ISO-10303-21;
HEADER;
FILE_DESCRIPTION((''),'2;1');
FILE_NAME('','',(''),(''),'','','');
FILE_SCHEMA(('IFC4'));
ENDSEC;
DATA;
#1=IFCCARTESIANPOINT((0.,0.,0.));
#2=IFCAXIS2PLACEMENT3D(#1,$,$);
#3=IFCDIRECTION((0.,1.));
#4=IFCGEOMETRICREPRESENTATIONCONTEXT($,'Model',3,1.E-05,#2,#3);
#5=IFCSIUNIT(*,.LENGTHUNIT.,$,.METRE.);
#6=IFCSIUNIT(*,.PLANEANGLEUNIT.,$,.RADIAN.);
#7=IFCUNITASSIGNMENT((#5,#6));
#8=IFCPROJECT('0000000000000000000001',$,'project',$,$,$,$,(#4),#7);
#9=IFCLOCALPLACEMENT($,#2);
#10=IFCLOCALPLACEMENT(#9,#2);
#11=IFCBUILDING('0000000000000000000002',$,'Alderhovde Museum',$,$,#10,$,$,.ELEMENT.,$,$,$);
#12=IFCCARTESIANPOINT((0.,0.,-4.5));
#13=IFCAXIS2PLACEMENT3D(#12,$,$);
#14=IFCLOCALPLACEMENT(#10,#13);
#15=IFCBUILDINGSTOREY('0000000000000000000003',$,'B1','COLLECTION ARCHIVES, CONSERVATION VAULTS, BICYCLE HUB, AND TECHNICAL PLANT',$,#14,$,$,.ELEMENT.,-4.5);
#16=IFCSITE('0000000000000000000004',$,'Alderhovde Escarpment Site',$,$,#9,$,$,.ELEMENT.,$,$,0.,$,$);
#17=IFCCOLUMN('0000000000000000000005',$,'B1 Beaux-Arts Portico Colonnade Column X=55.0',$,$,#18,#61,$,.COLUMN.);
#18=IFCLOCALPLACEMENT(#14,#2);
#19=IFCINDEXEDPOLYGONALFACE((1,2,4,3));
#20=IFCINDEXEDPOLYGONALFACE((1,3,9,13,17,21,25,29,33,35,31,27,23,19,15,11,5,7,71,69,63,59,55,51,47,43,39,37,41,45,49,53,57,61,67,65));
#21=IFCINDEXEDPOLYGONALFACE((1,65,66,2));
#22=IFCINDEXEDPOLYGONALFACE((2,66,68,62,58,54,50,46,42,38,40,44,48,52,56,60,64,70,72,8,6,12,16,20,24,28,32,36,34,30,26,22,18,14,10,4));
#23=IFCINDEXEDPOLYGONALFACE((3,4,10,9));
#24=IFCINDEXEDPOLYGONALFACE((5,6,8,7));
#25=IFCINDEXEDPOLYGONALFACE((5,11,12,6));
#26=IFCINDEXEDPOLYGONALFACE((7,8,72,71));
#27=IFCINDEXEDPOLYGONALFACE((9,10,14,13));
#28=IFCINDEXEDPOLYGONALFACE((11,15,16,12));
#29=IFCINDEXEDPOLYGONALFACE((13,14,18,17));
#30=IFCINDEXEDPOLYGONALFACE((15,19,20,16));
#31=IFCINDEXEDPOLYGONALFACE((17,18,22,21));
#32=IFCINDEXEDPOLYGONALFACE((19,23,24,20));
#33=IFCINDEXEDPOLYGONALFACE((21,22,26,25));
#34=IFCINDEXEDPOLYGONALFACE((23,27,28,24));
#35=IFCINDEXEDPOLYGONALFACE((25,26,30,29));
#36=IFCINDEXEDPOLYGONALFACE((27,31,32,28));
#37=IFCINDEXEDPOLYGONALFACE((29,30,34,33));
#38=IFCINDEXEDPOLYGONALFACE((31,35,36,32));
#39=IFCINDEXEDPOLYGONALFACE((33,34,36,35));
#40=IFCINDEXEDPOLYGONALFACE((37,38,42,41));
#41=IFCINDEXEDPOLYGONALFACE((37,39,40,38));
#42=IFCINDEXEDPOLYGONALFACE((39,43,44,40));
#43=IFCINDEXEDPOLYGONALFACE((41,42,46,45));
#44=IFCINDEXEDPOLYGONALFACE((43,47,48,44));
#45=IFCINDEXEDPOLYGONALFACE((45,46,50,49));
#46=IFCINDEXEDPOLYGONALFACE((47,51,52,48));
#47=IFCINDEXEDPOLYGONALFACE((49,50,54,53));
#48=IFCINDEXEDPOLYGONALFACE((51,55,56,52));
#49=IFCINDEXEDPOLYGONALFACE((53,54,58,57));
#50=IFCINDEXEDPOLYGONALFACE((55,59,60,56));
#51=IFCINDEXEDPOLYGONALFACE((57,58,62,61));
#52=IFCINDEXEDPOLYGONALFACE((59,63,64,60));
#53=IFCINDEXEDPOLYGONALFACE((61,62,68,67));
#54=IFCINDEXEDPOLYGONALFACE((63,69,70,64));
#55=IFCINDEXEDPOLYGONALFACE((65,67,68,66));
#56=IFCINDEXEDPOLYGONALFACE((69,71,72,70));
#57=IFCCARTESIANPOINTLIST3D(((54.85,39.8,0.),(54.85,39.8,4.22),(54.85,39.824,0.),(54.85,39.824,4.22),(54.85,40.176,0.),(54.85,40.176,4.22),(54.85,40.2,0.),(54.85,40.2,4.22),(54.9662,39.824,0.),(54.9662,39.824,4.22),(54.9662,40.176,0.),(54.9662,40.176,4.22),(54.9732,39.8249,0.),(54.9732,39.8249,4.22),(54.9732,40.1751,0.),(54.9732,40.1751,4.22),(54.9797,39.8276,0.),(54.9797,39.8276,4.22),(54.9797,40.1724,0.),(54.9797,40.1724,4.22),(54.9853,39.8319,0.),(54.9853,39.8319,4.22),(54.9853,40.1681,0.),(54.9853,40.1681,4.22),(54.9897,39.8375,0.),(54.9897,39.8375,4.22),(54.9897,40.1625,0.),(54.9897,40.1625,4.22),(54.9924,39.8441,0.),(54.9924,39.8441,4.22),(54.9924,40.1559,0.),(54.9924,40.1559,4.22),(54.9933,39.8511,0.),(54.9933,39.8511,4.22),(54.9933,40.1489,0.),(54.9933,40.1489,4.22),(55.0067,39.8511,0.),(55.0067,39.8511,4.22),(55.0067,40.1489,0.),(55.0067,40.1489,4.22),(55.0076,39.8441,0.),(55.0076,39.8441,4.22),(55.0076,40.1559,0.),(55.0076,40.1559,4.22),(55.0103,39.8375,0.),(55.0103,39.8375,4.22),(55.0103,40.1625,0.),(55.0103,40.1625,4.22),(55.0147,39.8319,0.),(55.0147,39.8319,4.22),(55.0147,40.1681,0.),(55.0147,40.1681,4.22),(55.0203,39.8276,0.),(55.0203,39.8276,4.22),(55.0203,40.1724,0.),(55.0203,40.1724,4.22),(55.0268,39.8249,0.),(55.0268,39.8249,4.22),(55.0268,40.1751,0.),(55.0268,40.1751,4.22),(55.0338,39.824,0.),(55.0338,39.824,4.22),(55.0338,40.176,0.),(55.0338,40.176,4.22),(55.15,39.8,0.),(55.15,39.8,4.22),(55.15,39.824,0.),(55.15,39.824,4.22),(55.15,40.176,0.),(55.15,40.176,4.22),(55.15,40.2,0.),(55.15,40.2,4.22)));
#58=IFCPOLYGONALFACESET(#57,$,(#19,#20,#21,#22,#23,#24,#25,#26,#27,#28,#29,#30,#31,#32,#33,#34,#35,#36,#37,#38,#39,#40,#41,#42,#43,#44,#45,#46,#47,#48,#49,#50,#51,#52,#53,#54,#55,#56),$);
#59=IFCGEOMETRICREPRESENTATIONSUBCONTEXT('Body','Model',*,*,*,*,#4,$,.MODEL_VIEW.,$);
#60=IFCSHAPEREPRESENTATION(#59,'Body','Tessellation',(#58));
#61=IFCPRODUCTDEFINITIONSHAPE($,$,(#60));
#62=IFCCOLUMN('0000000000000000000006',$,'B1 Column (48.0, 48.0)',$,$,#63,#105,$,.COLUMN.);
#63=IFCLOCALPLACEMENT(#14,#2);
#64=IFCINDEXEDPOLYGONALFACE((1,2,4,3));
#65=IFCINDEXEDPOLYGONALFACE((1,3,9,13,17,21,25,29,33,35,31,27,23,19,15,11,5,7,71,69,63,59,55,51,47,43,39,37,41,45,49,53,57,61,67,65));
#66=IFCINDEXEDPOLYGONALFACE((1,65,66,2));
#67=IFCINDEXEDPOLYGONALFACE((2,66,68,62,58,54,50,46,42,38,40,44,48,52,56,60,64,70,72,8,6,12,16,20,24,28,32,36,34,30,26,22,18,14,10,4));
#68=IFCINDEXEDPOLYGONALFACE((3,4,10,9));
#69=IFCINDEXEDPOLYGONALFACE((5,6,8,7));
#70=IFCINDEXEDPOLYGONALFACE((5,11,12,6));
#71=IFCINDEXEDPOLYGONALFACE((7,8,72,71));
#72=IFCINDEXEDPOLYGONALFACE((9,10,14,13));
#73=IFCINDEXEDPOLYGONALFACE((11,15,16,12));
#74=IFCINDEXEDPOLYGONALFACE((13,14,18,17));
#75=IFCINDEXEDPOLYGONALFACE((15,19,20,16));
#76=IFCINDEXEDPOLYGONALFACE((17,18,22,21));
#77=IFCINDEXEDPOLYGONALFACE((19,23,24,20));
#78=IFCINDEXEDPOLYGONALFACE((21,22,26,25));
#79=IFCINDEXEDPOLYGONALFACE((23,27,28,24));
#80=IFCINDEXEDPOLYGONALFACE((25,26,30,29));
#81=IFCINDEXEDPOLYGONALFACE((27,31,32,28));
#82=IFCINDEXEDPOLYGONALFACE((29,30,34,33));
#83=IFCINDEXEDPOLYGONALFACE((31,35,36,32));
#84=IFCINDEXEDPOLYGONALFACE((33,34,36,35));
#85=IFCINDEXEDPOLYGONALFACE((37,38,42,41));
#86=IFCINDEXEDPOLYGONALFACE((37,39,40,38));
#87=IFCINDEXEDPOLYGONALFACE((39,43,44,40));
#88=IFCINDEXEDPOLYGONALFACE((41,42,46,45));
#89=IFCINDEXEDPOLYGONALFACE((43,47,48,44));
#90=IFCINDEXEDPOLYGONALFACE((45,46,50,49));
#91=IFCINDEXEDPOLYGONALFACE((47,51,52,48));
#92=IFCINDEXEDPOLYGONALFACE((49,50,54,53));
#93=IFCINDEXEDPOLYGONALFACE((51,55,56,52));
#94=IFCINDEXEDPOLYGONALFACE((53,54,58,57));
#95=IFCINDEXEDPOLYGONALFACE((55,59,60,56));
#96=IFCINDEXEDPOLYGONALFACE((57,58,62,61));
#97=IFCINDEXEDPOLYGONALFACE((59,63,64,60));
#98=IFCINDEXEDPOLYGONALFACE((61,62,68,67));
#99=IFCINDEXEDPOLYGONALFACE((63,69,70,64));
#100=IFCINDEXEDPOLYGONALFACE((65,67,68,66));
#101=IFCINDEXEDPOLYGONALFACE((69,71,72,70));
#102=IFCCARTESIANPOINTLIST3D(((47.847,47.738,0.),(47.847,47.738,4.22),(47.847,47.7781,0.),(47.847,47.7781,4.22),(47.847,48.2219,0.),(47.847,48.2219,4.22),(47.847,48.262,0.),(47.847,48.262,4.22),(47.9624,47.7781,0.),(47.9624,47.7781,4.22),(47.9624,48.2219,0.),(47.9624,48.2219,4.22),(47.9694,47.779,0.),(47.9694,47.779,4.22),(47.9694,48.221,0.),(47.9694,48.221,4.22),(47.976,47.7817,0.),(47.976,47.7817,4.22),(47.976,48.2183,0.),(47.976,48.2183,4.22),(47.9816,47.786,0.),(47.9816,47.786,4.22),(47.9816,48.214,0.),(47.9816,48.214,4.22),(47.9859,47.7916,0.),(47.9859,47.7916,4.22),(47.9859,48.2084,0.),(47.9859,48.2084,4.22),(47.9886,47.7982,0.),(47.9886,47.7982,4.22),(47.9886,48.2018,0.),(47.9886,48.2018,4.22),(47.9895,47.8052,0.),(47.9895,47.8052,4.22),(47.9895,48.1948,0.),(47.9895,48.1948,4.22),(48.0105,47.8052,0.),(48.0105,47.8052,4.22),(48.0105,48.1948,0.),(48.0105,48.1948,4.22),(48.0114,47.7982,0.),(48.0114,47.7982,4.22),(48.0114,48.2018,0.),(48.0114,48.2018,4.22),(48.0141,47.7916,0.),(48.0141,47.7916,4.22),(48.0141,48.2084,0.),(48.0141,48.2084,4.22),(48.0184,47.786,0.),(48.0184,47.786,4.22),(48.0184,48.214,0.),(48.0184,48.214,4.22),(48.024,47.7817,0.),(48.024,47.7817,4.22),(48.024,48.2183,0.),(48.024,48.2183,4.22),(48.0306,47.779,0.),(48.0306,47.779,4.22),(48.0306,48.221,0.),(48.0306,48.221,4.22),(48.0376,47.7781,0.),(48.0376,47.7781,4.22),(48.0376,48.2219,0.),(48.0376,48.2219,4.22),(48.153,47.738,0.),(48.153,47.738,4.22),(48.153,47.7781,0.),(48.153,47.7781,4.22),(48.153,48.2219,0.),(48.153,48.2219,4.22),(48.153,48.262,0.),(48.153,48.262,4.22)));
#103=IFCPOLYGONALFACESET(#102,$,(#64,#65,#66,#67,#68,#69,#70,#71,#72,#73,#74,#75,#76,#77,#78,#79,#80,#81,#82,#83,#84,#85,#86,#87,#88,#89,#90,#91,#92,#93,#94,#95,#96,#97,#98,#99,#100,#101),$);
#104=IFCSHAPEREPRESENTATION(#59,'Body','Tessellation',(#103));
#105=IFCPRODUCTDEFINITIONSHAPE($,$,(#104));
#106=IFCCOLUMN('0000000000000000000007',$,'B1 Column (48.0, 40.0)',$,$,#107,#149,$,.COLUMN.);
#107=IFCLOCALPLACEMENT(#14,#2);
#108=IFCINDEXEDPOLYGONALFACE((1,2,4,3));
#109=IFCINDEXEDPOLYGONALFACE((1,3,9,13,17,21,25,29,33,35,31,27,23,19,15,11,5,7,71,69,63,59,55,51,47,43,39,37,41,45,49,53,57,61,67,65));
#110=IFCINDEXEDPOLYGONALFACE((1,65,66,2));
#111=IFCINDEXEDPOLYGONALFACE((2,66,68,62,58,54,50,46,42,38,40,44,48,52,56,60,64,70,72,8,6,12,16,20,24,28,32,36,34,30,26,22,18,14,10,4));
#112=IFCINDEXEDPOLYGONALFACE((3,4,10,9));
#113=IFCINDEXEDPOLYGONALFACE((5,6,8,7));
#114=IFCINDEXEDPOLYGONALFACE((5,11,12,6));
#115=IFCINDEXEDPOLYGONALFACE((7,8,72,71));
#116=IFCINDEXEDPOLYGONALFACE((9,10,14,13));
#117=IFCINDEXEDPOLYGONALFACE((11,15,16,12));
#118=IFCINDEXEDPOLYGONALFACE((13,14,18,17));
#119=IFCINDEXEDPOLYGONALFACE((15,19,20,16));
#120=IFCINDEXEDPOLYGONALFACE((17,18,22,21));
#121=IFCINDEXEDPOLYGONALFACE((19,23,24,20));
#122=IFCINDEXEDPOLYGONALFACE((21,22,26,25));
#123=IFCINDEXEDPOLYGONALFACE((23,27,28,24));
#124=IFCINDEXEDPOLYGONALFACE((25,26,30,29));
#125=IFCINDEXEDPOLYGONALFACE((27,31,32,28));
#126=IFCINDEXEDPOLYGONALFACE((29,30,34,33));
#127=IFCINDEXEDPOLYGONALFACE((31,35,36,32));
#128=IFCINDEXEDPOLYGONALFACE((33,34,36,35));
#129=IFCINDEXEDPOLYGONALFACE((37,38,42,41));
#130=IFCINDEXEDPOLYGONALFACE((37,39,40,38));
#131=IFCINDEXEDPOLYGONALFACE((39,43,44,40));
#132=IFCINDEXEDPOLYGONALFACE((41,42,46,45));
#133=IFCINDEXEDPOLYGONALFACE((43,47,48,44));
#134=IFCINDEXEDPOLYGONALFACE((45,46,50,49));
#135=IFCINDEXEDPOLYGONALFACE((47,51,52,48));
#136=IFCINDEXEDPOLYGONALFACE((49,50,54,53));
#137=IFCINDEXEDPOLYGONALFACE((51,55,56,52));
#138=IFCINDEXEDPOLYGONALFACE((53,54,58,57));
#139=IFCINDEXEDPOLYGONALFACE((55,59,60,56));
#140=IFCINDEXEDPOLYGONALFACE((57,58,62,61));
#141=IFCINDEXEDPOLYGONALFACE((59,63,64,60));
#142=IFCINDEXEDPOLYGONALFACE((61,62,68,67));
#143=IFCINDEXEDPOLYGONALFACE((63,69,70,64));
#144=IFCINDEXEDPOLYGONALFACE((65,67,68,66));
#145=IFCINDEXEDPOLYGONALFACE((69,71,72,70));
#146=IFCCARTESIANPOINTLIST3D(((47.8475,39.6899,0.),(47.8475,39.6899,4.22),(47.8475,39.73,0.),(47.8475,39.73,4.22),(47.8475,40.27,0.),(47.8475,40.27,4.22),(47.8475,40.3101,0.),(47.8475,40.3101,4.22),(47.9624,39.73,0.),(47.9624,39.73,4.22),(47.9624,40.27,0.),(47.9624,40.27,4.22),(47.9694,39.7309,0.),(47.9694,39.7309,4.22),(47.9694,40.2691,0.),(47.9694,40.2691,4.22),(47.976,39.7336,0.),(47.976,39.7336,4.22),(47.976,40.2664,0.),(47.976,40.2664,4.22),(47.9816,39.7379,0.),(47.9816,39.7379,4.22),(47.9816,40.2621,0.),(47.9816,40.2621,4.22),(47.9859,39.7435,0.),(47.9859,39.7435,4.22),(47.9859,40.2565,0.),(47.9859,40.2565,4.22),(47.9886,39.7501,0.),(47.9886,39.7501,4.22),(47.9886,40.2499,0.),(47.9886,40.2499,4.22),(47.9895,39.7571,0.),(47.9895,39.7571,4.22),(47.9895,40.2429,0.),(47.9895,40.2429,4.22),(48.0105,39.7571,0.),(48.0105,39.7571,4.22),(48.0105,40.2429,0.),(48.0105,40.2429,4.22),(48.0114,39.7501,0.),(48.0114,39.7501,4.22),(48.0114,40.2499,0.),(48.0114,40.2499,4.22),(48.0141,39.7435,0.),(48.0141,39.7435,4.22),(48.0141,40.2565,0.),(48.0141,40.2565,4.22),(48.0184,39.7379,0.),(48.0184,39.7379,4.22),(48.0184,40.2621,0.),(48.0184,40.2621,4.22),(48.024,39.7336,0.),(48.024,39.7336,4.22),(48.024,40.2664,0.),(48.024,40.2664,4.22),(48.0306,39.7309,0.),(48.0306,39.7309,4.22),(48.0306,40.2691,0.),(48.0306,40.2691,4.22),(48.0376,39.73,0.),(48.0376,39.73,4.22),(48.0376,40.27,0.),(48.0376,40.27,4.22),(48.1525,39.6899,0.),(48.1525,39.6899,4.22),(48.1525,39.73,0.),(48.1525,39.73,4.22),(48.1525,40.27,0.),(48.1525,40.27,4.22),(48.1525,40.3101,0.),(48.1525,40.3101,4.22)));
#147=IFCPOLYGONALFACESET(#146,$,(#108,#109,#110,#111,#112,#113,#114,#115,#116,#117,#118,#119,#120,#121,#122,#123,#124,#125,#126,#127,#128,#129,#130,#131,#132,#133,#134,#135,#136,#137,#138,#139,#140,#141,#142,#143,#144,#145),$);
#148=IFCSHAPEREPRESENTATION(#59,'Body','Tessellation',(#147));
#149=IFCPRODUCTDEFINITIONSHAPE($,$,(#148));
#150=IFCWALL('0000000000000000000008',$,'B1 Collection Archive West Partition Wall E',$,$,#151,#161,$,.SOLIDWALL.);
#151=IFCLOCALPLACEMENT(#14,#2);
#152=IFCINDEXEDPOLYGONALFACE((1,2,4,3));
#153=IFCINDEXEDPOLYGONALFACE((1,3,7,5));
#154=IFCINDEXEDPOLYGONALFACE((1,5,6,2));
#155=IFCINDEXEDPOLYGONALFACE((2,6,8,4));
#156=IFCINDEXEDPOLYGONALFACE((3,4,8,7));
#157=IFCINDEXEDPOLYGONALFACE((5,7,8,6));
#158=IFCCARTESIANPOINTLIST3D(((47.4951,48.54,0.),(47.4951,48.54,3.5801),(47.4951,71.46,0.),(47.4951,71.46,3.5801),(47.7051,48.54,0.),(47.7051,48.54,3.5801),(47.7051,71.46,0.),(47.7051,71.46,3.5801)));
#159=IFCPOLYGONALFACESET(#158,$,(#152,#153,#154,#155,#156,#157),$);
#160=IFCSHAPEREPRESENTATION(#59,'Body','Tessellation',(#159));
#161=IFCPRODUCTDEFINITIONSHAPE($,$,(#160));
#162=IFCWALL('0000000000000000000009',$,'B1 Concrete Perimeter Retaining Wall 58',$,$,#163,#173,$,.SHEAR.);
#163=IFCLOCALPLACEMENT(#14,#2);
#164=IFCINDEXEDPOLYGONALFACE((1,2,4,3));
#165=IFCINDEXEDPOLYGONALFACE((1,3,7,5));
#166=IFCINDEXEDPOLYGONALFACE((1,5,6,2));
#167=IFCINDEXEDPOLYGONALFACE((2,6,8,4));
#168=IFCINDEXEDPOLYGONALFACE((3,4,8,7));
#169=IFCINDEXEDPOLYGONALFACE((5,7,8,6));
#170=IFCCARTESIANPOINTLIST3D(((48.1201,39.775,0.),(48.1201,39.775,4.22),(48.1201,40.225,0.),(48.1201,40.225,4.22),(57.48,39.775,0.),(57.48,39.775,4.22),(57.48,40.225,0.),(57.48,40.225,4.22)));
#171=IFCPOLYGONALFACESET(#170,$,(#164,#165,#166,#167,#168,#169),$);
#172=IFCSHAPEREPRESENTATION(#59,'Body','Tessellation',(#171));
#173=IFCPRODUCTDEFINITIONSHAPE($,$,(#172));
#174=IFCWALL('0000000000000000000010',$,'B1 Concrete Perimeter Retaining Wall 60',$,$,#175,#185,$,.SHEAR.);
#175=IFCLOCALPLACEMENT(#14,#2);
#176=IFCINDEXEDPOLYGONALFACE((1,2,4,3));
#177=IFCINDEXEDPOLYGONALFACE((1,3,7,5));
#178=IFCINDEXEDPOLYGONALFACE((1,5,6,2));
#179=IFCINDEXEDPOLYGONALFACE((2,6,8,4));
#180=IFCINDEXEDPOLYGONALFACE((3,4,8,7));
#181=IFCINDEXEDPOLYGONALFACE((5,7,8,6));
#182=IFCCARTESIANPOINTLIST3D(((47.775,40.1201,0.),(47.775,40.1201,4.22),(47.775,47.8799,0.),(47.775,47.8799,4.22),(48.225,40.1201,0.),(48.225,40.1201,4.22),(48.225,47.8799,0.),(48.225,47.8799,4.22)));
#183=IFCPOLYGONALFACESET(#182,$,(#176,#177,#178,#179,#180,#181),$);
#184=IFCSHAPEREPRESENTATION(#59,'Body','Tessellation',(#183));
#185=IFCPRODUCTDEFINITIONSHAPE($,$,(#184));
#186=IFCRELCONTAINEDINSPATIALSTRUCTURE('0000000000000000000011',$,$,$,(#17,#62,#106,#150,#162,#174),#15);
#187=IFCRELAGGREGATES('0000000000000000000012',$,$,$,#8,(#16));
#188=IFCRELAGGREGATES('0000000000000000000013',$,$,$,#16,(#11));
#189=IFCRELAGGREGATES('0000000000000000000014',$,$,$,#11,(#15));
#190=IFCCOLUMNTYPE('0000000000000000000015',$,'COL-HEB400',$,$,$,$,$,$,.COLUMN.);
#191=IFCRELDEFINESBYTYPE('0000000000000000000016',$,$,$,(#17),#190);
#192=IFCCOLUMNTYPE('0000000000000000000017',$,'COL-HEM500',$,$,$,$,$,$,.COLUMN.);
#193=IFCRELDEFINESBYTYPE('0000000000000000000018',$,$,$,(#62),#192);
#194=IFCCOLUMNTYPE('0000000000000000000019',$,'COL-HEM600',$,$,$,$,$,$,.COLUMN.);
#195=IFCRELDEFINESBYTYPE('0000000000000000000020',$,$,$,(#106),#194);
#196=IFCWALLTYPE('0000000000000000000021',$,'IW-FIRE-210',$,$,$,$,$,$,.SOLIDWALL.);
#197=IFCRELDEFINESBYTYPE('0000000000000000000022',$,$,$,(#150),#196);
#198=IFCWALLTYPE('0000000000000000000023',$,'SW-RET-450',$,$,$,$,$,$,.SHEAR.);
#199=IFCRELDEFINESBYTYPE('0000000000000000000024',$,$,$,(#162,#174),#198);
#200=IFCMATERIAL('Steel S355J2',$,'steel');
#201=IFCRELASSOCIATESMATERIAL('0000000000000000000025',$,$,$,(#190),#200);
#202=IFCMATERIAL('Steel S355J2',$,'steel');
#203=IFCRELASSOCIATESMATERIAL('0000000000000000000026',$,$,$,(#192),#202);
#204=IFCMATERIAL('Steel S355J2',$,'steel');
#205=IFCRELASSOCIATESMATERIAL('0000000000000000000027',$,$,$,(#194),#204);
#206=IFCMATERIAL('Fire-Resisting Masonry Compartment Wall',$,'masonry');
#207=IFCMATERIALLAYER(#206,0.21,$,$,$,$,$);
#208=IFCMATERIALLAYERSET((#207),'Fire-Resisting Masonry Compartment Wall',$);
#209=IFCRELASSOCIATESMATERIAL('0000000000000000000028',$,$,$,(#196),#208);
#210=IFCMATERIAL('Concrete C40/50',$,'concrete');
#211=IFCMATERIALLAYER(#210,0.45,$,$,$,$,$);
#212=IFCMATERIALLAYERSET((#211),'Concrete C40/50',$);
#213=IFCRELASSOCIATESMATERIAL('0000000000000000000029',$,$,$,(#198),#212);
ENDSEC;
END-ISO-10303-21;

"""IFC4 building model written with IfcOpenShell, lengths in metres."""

from ifc_helpers import new_model, si_unit, direction, frame, frame_2d, origin, origin_2d, place, context, subcontext, project, spatial, rectangle, i_section, extrude, material, layer, layer_set, material_profile, profile_set, type_object, element, save


model = new_model("IFC4")

# Units and contexts
model_context = context("Model", 3, precision=1e-05, world=origin(), true_north=direction((0.0, 1.0)))
body_context = subcontext(model_context, "Body", "Model", "MODEL_VIEW")
ifc_project = project(units=[si_unit("LENGTHUNIT", "METRE"), si_unit("PLANEANGLEUNIT", "RADIAN")], contexts=[model_context])

# Site, building, storey
site_placement = place(None, origin())
site = spatial("IfcSite", under=ifc_project, at=site_placement, Name="Alderhovde Escarpment Site", CompositionType="ELEMENT", RefElevation=0.0)
building_placement = place(site_placement, origin())
building = spatial("IfcBuilding", under=site, at=building_placement, Name="Alderhovde Museum", CompositionType="ELEMENT")
storey_placement = place(building_placement, frame((0.0, 0.0, -4.5)))
storey = spatial("IfcBuildingStorey", under=building, at=storey_placement, Name="B1", Description="COLLECTION ARCHIVES, CONSERVATION VAULTS, BICYCLE HUB, AND TECHNICAL PLANT", CompositionType="ELEMENT", Elevation=-4.5)

# Columns
ifc_material_1 = material(Name="Steel S355J2", Category="steel")
ifc_material_profile_1 = material_profile(ifc_material_1, i_section(OverallWidth=0.3, OverallDepth=0.3999, WebThickness=0.0134, FlangeThickness=0.0239, FilletRadius=0.0271, at=origin_2d()), Name="HEB 400")
ifc_profile_set_1 = profile_set([ifc_material_profile_1], Name="Steel S355J2")
column_type_1 = type_object("IfcColumnType", Name="COL-HEB400", PredefinedType="COLUMN", material=ifc_profile_set_1)
for number, where, z_axis, x_axis, name in (
    (1, (55.0, 40.0, 0.0), (0.0, 0.0, 1.0), (1.0, 0.0, 0.0), "B1 Beaux-Arts Portico Colonnade Column X=55.0"),
):
    element("IfcColumn", number, at=place(storey_placement, frame(where, z_axis=z_axis, x_axis=x_axis)), inside=storey, type_object=column_type_1, Name=name, PredefinedType="COLUMN", context=body_context, shape_type="SweptSolid", body=[
        extrude(i_section(OverallWidth=0.3, OverallDepth=0.3999, WebThickness=0.0134, FlangeThickness=0.0239, FilletRadius=0.0271, at=origin_2d()), origin(), (0.0, 0.0, 1.0), 4.22),
    ])
ifc_material_2 = material(Name="Steel S355J2", Category="steel")
ifc_material_profile_2 = material_profile(ifc_material_2, i_section(OverallWidth=0.3059, OverallDepth=0.5239, WebThickness=0.021, FlangeThickness=0.04, FilletRadius=0.0271, at=origin_2d()), Name="HEM 500")
ifc_profile_set_2 = profile_set([ifc_material_profile_2], Name="Steel S355J2")
column_type_2 = type_object("IfcColumnType", Name="COL-HEM500", PredefinedType="COLUMN", material=ifc_profile_set_2)
column_1_placement = place(storey_placement, frame((48.0, 48.0, 0.0), z_axis=(0.0, 0.0, 1.0), x_axis=(1.0, 0.0, 0.0)))
element("IfcColumn", 2, at=column_1_placement, inside=storey, type_object=column_type_2, Name="B1 Column (48.0, 48.0)", PredefinedType="COLUMN", context=body_context, shape_type="SweptSolid", body=[
    extrude(i_section(OverallWidth=0.3059, OverallDepth=0.5239, WebThickness=0.021, FlangeThickness=0.04, FilletRadius=0.0271, at=origin_2d()), origin(), (0.0, 0.0, 1.0), 4.22),
])
ifc_material_3 = material(Name="Steel S355J2", Category="steel")
ifc_material_profile_3 = material_profile(ifc_material_3, i_section(OverallWidth=0.3049, OverallDepth=0.6201, WebThickness=0.021, FlangeThickness=0.04, FilletRadius=0.0271, at=origin_2d()), Name="HEM 600")
ifc_profile_set_3 = profile_set([ifc_material_profile_3], Name="Steel S355J2")
column_type_3 = type_object("IfcColumnType", Name="COL-HEM600", PredefinedType="COLUMN", material=ifc_profile_set_3)
column_2_placement = place(storey_placement, frame((48.0, 40.0, 0.0), z_axis=(0.0, 0.0, 1.0), x_axis=(1.0, 0.0, 0.0)))
element("IfcColumn", 3, at=column_2_placement, inside=storey, type_object=column_type_3, Name="B1 Column (48.0, 40.0)", PredefinedType="COLUMN", context=body_context, shape_type="SweptSolid", body=[
    extrude(i_section(OverallWidth=0.3049, OverallDepth=0.6201, WebThickness=0.021, FlangeThickness=0.04, FilletRadius=0.0271, at=origin_2d()), origin(), (0.0, 0.0, 1.0), 4.22),
])

# Walls
ifc_material_4 = material(Name="Fire-Resisting Masonry Compartment Wall", Category="masonry")
ifc_layer_1 = layer(ifc_material_4, 0.21)
ifc_layer_set_1 = layer_set([ifc_layer_1], Name="Fire-Resisting Masonry Compartment Wall")
wall_type_1 = type_object("IfcWallType", Name="IW-FIRE-210", PredefinedType="SOLIDWALL", material=ifc_layer_set_1)
wall_1_placement = place(storey_placement, frame((47.6001, 48.54, 0.0), z_axis=(0.0, 0.0, 1.0), x_axis=(0.0, 1.0, 0.0)))
element("IfcWall", 4, at=wall_1_placement, inside=storey, type_object=wall_type_1, Name="B1 Collection Archive West Partition Wall E", PredefinedType="SOLIDWALL", context=body_context, shape_type="SweptSolid", body=[
    extrude(rectangle(XDim=22.9199, YDim=0.21, at=frame_2d((11.46, 0.0))), origin(), (0.0, 0.0, 1.0), 3.5801),
])
ifc_material_5 = material(Name="Concrete C40/50", Category="concrete")
ifc_layer_2 = layer(ifc_material_5, 0.45)
ifc_layer_set_2 = layer_set([ifc_layer_2], Name="Concrete C40/50")
wall_type_2 = type_object("IfcWallType", Name="SW-RET-450", PredefinedType="SHEAR", material=ifc_layer_set_2)
wall_2_placement = place(storey_placement, frame((48.1201, 40.0, 0.0), z_axis=(0.0, 0.0, 1.0), x_axis=(1.0, 0.0, 0.0)))
element("IfcWall", 5, at=wall_2_placement, inside=storey, type_object=wall_type_2, Name="B1 Concrete Perimeter Retaining Wall 58", PredefinedType="SHEAR", context=body_context, shape_type="SweptSolid", body=[
    extrude(rectangle(XDim=9.3599, YDim=0.45, at=frame_2d((4.6799, 0.0))), origin(), (0.0, 0.0, 1.0), 4.22),
])
wall_3_placement = place(storey_placement, frame((48.0, 40.1201, 0.0), z_axis=(0.0, 0.0, 1.0), x_axis=(0.0, 1.0, 0.0)))
element("IfcWall", 6, at=wall_3_placement, inside=storey, type_object=wall_type_2, Name="B1 Concrete Perimeter Retaining Wall 60", PredefinedType="SHEAR", context=body_context, shape_type="SweptSolid", body=[
    extrude(rectangle(XDim=7.7598, YDim=0.45, at=frame_2d((3.8799, 0.0))), origin(), (0.0, 0.0, 1.0), 4.22),
])

save(model, "model.ifc")
